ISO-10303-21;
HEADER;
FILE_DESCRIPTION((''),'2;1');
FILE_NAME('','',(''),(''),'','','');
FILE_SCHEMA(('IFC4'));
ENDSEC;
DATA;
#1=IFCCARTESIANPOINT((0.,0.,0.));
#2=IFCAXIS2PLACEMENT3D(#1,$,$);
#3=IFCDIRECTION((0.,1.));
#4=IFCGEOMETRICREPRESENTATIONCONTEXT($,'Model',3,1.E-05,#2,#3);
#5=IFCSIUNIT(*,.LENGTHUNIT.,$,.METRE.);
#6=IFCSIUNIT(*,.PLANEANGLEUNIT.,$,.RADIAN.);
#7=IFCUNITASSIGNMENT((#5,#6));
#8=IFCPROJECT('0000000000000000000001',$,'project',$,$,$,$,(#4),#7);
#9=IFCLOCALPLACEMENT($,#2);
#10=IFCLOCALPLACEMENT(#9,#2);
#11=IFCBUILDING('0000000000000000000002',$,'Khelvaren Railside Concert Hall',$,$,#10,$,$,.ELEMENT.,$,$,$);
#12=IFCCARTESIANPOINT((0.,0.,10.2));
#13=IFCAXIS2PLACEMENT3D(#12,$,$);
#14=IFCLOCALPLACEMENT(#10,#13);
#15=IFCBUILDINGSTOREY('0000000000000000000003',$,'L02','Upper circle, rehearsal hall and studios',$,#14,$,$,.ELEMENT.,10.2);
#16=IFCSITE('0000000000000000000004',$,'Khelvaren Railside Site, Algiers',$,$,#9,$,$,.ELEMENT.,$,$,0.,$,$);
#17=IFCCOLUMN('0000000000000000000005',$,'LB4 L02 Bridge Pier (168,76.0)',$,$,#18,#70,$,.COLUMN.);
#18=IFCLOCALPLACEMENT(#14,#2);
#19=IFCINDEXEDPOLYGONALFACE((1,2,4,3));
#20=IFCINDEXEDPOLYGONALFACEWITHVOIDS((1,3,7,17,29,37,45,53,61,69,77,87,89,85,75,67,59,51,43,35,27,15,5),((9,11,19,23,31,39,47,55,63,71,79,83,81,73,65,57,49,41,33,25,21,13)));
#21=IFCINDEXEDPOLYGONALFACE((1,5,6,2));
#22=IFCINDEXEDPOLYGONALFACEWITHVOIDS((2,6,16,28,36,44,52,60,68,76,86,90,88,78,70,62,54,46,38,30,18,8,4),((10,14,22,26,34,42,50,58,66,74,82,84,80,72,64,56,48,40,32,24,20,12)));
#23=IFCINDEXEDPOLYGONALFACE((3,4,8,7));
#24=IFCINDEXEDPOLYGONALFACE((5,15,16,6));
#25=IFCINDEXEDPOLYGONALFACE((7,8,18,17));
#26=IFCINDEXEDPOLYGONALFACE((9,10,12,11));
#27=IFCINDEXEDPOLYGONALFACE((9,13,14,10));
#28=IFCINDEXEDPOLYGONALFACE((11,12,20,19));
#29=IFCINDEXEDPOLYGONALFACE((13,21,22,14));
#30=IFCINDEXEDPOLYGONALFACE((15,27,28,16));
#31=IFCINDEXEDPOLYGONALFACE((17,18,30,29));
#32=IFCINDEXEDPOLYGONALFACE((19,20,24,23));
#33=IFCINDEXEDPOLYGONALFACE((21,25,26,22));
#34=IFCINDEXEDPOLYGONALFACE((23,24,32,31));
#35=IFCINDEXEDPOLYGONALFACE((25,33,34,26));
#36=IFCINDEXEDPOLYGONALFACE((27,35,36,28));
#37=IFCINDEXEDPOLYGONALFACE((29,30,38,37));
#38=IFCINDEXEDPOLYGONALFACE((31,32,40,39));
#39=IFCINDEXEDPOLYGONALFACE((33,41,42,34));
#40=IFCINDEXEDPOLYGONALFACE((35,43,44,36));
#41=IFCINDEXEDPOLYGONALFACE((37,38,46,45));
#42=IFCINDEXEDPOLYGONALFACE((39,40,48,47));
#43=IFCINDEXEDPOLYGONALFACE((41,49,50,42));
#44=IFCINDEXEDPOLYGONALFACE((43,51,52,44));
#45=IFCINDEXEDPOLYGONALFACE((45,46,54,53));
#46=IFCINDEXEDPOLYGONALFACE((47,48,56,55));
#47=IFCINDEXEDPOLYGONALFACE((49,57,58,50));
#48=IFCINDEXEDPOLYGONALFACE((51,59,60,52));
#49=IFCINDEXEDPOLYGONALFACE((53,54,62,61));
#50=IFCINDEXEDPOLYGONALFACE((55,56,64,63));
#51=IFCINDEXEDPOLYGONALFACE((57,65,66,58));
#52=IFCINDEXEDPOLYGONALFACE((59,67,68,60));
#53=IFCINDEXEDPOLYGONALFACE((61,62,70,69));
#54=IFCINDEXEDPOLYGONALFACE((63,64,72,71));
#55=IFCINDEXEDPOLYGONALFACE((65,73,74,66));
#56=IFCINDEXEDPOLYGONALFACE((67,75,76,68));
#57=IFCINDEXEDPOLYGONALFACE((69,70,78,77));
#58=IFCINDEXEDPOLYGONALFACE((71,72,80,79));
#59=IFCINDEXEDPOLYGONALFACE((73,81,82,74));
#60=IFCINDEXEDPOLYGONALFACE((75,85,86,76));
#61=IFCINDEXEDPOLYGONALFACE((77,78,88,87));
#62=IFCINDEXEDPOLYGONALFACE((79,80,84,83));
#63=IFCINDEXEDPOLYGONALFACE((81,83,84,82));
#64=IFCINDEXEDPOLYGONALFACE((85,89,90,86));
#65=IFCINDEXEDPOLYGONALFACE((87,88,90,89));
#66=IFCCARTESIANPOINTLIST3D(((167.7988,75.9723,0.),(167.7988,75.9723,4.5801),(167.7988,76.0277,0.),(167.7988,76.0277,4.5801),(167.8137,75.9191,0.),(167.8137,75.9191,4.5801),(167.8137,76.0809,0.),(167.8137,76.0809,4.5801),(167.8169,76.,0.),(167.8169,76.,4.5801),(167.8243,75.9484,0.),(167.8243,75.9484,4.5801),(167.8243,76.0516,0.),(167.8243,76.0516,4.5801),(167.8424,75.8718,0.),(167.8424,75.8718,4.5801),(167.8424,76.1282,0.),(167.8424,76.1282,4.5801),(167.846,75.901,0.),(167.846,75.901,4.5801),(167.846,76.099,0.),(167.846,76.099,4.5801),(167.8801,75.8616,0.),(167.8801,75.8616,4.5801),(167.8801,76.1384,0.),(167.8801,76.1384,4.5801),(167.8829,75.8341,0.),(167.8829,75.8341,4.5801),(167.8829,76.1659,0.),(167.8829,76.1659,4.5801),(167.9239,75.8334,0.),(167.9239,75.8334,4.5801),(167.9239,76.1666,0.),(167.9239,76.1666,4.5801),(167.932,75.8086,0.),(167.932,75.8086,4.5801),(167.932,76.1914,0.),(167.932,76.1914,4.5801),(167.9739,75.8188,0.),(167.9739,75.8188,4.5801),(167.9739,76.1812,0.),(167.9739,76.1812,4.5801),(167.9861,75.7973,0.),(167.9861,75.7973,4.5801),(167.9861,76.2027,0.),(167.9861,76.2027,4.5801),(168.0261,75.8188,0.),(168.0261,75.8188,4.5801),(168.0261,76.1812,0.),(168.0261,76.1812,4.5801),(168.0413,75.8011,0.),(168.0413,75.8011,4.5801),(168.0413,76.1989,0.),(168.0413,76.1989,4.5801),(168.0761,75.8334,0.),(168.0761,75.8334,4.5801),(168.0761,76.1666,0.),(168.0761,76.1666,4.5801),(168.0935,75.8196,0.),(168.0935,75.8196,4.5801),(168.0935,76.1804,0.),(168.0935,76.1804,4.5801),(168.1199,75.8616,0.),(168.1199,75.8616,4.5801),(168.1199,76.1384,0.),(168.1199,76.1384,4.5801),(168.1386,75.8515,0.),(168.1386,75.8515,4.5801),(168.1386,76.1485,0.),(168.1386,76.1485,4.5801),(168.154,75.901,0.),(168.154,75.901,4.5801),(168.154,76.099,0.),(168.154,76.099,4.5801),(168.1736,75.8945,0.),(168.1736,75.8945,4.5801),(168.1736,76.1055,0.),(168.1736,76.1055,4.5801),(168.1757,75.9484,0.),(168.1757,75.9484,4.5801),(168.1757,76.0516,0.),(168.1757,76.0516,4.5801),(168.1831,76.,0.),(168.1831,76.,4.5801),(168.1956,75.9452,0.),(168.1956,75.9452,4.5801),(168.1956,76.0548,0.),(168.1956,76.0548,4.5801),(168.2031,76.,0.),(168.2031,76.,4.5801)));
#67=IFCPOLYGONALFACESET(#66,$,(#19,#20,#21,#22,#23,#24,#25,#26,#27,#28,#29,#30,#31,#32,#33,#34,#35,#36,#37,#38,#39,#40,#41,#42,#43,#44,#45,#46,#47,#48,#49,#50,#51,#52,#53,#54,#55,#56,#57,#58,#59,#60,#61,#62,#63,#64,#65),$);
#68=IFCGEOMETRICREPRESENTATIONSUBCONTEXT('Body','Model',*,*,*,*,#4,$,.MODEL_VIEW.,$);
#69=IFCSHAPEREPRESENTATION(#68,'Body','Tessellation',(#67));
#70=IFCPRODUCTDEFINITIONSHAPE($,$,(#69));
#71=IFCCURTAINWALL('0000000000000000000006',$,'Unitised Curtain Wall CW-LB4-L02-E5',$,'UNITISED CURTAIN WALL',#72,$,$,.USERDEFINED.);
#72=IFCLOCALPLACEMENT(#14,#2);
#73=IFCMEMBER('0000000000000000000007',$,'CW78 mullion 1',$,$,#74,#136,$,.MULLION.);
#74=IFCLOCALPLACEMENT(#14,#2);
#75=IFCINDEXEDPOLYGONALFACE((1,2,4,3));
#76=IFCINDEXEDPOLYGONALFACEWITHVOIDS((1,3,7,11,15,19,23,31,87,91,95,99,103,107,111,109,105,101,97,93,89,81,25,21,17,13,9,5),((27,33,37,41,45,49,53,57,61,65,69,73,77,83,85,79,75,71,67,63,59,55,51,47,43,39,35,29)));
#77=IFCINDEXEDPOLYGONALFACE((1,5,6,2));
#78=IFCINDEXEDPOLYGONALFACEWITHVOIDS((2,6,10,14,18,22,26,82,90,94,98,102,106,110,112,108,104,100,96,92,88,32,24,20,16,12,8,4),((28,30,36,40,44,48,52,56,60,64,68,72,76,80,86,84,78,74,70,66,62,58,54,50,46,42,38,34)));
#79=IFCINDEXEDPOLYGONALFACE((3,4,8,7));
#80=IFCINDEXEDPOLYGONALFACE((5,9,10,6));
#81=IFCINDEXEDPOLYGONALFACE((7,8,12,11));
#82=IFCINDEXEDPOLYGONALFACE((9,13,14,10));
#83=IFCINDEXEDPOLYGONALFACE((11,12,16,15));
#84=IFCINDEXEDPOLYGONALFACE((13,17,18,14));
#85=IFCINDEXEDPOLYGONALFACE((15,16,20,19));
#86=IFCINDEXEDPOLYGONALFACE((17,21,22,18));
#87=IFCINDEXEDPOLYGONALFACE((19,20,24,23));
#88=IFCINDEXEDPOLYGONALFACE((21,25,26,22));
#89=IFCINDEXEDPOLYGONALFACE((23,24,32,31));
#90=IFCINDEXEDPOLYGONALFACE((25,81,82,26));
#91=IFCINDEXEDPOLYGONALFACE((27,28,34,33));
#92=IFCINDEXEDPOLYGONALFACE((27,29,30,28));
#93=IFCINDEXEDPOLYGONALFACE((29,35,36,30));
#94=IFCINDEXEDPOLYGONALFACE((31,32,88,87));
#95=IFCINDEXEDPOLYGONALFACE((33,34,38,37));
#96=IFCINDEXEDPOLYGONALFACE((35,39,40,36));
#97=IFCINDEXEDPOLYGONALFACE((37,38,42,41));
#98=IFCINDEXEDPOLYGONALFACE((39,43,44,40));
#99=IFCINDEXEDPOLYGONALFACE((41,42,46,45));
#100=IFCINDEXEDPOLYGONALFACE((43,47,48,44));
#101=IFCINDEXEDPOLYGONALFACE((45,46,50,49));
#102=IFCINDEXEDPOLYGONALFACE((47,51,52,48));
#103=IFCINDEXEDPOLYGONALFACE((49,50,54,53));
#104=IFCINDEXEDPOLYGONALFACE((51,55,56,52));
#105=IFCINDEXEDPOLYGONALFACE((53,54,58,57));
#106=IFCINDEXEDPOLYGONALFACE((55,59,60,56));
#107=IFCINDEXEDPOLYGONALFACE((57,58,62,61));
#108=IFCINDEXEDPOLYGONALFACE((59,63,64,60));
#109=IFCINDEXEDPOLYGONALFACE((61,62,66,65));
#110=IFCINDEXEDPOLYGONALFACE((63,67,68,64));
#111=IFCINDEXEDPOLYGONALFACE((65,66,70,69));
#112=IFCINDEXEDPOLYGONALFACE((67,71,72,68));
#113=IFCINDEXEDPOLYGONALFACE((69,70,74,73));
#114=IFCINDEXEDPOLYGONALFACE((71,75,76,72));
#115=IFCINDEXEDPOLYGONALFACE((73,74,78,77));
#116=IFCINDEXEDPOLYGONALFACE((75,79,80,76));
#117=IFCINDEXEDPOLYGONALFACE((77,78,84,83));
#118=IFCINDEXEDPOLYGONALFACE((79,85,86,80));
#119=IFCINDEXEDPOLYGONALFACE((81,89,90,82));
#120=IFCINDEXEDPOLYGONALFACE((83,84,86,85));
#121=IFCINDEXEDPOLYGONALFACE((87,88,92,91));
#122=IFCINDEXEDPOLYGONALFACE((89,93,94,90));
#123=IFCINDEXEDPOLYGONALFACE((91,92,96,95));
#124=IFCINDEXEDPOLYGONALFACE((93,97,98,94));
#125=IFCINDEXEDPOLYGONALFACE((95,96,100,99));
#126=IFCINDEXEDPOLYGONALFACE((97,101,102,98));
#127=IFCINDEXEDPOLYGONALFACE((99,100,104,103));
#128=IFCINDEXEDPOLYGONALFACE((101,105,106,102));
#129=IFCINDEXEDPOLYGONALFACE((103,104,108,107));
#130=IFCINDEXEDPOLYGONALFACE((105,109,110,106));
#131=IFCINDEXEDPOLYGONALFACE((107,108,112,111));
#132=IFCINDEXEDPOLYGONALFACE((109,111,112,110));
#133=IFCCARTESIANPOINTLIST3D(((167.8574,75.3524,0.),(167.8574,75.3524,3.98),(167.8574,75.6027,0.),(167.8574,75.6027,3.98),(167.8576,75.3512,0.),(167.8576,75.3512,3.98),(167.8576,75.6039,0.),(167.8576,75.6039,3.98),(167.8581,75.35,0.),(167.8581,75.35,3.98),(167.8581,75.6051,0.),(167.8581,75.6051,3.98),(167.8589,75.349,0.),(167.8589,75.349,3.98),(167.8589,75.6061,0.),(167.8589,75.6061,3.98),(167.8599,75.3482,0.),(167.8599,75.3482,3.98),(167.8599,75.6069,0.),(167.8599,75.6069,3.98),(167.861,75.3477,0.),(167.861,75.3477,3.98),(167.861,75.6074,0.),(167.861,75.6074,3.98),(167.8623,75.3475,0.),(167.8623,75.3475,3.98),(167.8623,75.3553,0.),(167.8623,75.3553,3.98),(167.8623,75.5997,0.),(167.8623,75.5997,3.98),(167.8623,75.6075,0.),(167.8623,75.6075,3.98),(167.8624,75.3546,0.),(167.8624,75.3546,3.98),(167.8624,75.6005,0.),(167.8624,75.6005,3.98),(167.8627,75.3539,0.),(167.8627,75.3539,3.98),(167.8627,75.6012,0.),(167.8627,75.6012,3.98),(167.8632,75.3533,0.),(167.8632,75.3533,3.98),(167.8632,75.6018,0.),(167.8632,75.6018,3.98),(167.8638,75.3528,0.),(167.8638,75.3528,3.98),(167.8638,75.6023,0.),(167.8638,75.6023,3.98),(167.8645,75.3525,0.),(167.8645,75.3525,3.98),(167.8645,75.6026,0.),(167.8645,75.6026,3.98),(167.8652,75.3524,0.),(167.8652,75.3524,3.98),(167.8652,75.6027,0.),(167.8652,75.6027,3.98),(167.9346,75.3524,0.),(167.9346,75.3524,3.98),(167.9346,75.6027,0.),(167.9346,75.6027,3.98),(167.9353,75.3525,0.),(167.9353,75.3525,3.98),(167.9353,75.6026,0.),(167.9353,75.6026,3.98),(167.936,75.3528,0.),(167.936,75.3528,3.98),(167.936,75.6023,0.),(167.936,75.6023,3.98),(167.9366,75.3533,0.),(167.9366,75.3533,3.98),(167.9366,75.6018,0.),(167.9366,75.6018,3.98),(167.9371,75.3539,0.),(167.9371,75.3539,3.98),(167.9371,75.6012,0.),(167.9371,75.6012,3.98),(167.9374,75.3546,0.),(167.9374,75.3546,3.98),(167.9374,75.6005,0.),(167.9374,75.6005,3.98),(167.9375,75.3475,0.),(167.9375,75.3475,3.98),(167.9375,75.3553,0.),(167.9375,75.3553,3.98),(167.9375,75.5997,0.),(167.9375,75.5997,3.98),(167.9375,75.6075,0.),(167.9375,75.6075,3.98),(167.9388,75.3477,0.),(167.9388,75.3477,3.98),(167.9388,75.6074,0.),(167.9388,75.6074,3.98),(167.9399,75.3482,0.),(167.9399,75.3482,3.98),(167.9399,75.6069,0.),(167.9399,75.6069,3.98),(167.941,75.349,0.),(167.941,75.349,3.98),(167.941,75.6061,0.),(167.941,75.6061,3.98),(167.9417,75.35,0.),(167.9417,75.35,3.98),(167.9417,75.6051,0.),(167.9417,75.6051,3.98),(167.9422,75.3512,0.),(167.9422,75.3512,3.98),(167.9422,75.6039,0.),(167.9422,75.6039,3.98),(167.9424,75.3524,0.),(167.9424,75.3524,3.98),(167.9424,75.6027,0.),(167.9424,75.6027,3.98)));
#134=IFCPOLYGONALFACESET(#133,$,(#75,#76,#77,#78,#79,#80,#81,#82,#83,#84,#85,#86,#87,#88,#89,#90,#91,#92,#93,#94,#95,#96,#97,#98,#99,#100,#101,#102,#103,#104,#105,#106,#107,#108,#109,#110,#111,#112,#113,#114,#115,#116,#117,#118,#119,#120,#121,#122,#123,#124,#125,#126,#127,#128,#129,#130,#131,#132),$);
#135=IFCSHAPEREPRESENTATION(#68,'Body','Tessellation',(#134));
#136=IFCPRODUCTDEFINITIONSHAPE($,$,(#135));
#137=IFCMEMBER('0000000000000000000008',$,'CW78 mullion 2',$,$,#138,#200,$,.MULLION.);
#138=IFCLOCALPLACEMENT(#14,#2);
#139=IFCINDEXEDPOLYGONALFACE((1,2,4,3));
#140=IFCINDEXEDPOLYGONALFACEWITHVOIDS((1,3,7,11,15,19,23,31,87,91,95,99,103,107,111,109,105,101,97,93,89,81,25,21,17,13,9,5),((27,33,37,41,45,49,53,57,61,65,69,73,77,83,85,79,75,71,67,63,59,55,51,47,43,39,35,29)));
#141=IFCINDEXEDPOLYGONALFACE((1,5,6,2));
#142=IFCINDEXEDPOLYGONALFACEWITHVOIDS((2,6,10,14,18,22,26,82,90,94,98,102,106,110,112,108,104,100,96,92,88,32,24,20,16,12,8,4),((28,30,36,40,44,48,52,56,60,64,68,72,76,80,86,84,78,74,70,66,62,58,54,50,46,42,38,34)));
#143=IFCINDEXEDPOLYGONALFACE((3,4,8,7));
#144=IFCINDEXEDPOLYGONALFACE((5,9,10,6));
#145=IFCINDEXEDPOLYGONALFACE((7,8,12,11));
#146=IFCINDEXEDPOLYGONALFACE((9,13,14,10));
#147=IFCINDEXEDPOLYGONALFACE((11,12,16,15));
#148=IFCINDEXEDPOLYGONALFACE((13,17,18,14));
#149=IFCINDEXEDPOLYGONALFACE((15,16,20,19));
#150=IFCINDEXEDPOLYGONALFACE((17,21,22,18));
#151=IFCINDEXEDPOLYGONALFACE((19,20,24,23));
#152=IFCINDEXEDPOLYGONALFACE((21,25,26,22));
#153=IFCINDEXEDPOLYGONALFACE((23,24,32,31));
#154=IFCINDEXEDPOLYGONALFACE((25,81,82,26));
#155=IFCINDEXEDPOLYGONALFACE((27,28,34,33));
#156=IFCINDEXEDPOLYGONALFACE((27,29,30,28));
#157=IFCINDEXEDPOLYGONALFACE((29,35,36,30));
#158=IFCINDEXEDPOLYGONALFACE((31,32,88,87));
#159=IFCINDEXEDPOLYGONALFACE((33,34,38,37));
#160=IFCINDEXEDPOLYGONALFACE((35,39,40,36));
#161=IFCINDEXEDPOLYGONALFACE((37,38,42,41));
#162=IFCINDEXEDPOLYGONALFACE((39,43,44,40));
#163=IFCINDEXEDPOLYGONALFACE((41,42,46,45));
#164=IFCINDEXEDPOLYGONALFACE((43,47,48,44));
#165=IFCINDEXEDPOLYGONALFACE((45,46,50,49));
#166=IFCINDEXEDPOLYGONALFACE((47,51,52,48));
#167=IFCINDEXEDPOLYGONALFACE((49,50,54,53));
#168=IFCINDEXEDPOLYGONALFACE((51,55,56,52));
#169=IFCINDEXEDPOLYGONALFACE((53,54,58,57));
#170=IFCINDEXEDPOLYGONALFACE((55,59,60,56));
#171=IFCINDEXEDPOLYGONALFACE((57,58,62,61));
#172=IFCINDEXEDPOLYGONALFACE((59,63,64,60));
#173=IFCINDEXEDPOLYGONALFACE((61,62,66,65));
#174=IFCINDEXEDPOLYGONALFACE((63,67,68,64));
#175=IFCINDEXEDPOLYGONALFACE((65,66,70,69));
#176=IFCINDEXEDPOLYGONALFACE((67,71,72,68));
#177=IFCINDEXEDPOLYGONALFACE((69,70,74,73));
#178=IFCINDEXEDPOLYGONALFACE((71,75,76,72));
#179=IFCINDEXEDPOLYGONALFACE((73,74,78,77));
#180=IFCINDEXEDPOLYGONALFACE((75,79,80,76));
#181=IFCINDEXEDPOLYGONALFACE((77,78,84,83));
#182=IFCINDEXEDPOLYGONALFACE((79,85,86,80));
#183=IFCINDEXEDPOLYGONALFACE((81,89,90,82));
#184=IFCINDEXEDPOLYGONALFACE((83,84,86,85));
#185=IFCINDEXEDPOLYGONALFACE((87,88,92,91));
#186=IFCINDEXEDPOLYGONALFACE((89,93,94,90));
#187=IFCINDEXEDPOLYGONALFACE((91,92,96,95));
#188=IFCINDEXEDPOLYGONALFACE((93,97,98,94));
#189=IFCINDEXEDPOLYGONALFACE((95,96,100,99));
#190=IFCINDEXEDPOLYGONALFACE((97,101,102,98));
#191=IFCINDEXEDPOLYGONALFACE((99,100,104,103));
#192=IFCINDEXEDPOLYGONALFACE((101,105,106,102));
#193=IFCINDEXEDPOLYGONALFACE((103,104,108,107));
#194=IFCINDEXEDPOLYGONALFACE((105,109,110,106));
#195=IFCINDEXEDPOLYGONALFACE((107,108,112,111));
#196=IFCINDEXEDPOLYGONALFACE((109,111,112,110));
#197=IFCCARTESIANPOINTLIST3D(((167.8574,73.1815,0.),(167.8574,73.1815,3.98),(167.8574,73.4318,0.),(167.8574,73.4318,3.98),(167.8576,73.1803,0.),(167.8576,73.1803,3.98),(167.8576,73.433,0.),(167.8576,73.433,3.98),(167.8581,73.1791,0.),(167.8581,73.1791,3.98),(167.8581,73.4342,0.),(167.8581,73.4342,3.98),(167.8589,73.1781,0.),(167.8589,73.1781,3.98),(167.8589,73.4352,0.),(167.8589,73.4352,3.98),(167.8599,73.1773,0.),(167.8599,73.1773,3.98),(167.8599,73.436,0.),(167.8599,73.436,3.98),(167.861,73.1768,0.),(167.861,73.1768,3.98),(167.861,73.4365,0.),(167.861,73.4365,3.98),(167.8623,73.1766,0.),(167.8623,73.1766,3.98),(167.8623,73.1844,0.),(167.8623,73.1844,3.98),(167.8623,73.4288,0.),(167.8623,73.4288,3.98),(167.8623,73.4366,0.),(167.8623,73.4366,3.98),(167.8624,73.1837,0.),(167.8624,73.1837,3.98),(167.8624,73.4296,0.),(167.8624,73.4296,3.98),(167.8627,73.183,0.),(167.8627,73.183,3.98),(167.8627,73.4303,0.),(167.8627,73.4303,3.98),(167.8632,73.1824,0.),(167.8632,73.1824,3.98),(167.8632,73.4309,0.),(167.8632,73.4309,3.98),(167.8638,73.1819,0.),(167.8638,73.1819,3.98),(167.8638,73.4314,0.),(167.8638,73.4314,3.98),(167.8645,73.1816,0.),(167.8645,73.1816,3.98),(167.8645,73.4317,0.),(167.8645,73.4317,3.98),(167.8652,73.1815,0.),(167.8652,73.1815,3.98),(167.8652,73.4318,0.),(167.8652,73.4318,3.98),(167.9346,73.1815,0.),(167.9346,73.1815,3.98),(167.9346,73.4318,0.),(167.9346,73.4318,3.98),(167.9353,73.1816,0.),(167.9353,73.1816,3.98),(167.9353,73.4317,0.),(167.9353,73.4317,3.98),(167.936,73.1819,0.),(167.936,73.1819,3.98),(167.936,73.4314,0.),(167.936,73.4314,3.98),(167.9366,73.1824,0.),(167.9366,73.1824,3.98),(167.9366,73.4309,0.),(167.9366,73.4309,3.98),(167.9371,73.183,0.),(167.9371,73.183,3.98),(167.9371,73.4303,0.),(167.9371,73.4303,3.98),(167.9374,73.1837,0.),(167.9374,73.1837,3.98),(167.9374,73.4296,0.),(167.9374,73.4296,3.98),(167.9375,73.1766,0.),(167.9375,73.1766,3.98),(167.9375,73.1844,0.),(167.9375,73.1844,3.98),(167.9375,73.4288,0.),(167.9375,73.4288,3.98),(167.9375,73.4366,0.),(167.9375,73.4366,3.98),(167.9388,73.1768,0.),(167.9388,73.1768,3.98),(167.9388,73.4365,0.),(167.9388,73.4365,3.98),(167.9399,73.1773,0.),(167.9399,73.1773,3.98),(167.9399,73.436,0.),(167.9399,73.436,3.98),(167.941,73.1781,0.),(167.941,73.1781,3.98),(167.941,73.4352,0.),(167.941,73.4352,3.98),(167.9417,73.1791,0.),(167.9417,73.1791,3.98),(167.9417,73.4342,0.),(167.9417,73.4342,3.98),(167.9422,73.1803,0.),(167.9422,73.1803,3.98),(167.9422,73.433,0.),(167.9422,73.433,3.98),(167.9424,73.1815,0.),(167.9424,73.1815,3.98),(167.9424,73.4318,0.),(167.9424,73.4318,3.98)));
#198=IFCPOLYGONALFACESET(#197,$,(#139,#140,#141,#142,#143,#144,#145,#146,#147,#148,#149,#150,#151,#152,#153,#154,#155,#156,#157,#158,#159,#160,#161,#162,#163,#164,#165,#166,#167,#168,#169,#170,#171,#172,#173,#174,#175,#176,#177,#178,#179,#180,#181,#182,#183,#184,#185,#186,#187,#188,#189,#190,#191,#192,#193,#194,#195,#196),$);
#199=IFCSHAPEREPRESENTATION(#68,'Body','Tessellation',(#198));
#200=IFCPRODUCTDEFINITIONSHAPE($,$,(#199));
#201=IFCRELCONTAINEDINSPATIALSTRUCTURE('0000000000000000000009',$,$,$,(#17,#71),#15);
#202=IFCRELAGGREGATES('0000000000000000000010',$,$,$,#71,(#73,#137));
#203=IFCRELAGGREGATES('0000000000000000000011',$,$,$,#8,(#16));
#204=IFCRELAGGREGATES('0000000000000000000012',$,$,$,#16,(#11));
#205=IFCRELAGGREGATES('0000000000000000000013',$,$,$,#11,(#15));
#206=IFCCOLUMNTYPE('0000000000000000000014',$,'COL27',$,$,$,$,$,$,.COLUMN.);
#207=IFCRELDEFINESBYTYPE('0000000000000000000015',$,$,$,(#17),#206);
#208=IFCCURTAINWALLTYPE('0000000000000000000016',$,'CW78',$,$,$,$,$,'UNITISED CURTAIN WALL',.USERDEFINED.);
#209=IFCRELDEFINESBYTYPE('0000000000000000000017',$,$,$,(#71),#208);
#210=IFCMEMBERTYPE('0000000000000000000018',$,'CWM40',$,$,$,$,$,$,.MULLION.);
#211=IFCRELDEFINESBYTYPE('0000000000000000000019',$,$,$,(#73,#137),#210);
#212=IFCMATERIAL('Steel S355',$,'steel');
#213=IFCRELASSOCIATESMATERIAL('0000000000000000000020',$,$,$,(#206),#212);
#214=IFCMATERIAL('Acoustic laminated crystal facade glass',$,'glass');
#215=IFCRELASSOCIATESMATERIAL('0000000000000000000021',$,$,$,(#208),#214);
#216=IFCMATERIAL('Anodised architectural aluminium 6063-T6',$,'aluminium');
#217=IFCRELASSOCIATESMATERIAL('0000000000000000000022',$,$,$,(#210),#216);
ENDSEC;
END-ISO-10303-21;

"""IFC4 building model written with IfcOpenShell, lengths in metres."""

from ifc_helpers import new_model, si_unit, direction, frame, origin, origin_2d, place, context, subcontext, project, spatial, hollow_rectangle, hollow_circle, extrude, material, material_profile, profile_set, type_object, element, aggregate, save


model = new_model("IFC4")

# Units and contexts
model_context = context("Model", 3, precision=1e-05, world=origin(), true_north=direction((0.0, 1.0)))
body_context = subcontext(model_context, "Body", "Model", "MODEL_VIEW")
ifc_project = project(units=[si_unit("LENGTHUNIT", "METRE"), si_unit("PLANEANGLEUNIT", "RADIAN")], contexts=[model_context])

# Site, building, storey
site_placement = place(None, origin())
site = spatial("IfcSite", under=ifc_project, at=site_placement, Name="Khelvaren Railside Site, Algiers", CompositionType="ELEMENT", RefElevation=0.0)
building_placement = place(site_placement, origin())
building = spatial("IfcBuilding", under=site, at=building_placement, Name="Khelvaren Railside Concert Hall", CompositionType="ELEMENT")
storey_placement = place(building_placement, frame((0.0, 0.0, 10.2)))
storey = spatial("IfcBuildingStorey", under=building, at=storey_placement, Name="L02", Description="Upper circle, rehearsal hall and studios", CompositionType="ELEMENT", Elevation=10.2)

# Column
ifc_material_1 = material(Name="Steel S355", Category="steel")
ifc_material_profile_1 = material_profile(ifc_material_1, hollow_circle(Radius=0.2031, WallThickness=0.02, at=origin_2d()), Name="CHS 406.4x20")
ifc_profile_set_1 = profile_set([ifc_material_profile_1], Name="Steel S355")
column_type = type_object("IfcColumnType", Name="COL27", PredefinedType="COLUMN", material=ifc_profile_set_1)
column_placement = place(storey_placement, frame((168.0, 76.0, 0.0), z_axis=(0.0, 0.0, 1.0), x_axis=(1.0, 0.0, 0.0)))
element("IfcColumn", 1, at=column_placement, inside=storey, type_object=column_type, Name="LB4 L02 Bridge Pier (168,76.0)", PredefinedType="COLUMN", context=body_context, shape_type="SweptSolid", body=[
    extrude(hollow_circle(Radius=0.2031, WallThickness=0.02, at=origin_2d()), origin(), (0.0, 0.0, 1.0), 4.5801),
])

# Curtain wall, members
ifc_material_2 = material(Name="Acoustic laminated crystal facade glass", Category="glass")
curtain_wall_type = type_object("IfcCurtainWallType", Name="CW78", ElementType="UNITISED CURTAIN WALL", PredefinedType="USERDEFINED", material=ifc_material_2)
curtain_wall_1_placement = place(storey_placement, origin())
curtain_wall_1 = element("IfcCurtainWall", 2, at=curtain_wall_1_placement, inside=storey, type_object=curtain_wall_type, Name="Unitised Curtain Wall CW-LB4-L02-E5", ObjectType="UNITISED CURTAIN WALL", PredefinedType="USERDEFINED")
ifc_material_3 = material(Name="Anodised architectural aluminium 6063-T6", Category="aluminium")
ifc_material_profile_2 = material_profile(ifc_material_3, hollow_rectangle(XDim=0.085, YDim=0.26, WallThickness=0.0049, InnerFilletRadius=0.0029, OuterFilletRadius=0.0049, at=origin_2d()), Name="CWM 85x260x5")
ifc_profile_set_2 = profile_set([ifc_material_profile_2], Name="Anodised architectural aluminium 6063-T6")
member_type_1 = type_object("IfcMemberType", Name="CWM40", PredefinedType="MULLION", material=ifc_profile_set_2)
member_1_placement = place(storey_placement, frame((167.8999, 75.4775, 0.0), z_axis=(0.0, 0.0, 1.0), x_axis=(1.0, 0.0, 0.0)))
member_1 = element("IfcMember", 3, at=member_1_placement, type_object=member_type_1, Name="CW78 mullion 1", PredefinedType="MULLION", context=body_context, shape_type="SweptSolid", body=[
    extrude(hollow_rectangle(XDim=0.085, YDim=0.26, WallThickness=0.0049, InnerFilletRadius=0.0029, OuterFilletRadius=0.0049, at=origin_2d()), origin(), (0.0, 0.0, 1.0), 3.98),
])
member_2_placement = place(storey_placement, frame((167.8999, 73.3066, 0.0), z_axis=(0.0, 0.0, 1.0), x_axis=(1.0, 0.0, 0.0)))
member_2 = element("IfcMember", 4, at=member_2_placement, type_object=member_type_1, Name="CW78 mullion 2", PredefinedType="MULLION", context=body_context, shape_type="SweptSolid", body=[
    extrude(hollow_rectangle(XDim=0.085, YDim=0.26, WallThickness=0.0049, InnerFilletRadius=0.0029, OuterFilletRadius=0.0049, at=origin_2d()), origin(), (0.0, 0.0, 1.0), 3.98),
])

aggregate(curtain_wall_1, [member_1, member_2])

save(model, "model.ifc")
